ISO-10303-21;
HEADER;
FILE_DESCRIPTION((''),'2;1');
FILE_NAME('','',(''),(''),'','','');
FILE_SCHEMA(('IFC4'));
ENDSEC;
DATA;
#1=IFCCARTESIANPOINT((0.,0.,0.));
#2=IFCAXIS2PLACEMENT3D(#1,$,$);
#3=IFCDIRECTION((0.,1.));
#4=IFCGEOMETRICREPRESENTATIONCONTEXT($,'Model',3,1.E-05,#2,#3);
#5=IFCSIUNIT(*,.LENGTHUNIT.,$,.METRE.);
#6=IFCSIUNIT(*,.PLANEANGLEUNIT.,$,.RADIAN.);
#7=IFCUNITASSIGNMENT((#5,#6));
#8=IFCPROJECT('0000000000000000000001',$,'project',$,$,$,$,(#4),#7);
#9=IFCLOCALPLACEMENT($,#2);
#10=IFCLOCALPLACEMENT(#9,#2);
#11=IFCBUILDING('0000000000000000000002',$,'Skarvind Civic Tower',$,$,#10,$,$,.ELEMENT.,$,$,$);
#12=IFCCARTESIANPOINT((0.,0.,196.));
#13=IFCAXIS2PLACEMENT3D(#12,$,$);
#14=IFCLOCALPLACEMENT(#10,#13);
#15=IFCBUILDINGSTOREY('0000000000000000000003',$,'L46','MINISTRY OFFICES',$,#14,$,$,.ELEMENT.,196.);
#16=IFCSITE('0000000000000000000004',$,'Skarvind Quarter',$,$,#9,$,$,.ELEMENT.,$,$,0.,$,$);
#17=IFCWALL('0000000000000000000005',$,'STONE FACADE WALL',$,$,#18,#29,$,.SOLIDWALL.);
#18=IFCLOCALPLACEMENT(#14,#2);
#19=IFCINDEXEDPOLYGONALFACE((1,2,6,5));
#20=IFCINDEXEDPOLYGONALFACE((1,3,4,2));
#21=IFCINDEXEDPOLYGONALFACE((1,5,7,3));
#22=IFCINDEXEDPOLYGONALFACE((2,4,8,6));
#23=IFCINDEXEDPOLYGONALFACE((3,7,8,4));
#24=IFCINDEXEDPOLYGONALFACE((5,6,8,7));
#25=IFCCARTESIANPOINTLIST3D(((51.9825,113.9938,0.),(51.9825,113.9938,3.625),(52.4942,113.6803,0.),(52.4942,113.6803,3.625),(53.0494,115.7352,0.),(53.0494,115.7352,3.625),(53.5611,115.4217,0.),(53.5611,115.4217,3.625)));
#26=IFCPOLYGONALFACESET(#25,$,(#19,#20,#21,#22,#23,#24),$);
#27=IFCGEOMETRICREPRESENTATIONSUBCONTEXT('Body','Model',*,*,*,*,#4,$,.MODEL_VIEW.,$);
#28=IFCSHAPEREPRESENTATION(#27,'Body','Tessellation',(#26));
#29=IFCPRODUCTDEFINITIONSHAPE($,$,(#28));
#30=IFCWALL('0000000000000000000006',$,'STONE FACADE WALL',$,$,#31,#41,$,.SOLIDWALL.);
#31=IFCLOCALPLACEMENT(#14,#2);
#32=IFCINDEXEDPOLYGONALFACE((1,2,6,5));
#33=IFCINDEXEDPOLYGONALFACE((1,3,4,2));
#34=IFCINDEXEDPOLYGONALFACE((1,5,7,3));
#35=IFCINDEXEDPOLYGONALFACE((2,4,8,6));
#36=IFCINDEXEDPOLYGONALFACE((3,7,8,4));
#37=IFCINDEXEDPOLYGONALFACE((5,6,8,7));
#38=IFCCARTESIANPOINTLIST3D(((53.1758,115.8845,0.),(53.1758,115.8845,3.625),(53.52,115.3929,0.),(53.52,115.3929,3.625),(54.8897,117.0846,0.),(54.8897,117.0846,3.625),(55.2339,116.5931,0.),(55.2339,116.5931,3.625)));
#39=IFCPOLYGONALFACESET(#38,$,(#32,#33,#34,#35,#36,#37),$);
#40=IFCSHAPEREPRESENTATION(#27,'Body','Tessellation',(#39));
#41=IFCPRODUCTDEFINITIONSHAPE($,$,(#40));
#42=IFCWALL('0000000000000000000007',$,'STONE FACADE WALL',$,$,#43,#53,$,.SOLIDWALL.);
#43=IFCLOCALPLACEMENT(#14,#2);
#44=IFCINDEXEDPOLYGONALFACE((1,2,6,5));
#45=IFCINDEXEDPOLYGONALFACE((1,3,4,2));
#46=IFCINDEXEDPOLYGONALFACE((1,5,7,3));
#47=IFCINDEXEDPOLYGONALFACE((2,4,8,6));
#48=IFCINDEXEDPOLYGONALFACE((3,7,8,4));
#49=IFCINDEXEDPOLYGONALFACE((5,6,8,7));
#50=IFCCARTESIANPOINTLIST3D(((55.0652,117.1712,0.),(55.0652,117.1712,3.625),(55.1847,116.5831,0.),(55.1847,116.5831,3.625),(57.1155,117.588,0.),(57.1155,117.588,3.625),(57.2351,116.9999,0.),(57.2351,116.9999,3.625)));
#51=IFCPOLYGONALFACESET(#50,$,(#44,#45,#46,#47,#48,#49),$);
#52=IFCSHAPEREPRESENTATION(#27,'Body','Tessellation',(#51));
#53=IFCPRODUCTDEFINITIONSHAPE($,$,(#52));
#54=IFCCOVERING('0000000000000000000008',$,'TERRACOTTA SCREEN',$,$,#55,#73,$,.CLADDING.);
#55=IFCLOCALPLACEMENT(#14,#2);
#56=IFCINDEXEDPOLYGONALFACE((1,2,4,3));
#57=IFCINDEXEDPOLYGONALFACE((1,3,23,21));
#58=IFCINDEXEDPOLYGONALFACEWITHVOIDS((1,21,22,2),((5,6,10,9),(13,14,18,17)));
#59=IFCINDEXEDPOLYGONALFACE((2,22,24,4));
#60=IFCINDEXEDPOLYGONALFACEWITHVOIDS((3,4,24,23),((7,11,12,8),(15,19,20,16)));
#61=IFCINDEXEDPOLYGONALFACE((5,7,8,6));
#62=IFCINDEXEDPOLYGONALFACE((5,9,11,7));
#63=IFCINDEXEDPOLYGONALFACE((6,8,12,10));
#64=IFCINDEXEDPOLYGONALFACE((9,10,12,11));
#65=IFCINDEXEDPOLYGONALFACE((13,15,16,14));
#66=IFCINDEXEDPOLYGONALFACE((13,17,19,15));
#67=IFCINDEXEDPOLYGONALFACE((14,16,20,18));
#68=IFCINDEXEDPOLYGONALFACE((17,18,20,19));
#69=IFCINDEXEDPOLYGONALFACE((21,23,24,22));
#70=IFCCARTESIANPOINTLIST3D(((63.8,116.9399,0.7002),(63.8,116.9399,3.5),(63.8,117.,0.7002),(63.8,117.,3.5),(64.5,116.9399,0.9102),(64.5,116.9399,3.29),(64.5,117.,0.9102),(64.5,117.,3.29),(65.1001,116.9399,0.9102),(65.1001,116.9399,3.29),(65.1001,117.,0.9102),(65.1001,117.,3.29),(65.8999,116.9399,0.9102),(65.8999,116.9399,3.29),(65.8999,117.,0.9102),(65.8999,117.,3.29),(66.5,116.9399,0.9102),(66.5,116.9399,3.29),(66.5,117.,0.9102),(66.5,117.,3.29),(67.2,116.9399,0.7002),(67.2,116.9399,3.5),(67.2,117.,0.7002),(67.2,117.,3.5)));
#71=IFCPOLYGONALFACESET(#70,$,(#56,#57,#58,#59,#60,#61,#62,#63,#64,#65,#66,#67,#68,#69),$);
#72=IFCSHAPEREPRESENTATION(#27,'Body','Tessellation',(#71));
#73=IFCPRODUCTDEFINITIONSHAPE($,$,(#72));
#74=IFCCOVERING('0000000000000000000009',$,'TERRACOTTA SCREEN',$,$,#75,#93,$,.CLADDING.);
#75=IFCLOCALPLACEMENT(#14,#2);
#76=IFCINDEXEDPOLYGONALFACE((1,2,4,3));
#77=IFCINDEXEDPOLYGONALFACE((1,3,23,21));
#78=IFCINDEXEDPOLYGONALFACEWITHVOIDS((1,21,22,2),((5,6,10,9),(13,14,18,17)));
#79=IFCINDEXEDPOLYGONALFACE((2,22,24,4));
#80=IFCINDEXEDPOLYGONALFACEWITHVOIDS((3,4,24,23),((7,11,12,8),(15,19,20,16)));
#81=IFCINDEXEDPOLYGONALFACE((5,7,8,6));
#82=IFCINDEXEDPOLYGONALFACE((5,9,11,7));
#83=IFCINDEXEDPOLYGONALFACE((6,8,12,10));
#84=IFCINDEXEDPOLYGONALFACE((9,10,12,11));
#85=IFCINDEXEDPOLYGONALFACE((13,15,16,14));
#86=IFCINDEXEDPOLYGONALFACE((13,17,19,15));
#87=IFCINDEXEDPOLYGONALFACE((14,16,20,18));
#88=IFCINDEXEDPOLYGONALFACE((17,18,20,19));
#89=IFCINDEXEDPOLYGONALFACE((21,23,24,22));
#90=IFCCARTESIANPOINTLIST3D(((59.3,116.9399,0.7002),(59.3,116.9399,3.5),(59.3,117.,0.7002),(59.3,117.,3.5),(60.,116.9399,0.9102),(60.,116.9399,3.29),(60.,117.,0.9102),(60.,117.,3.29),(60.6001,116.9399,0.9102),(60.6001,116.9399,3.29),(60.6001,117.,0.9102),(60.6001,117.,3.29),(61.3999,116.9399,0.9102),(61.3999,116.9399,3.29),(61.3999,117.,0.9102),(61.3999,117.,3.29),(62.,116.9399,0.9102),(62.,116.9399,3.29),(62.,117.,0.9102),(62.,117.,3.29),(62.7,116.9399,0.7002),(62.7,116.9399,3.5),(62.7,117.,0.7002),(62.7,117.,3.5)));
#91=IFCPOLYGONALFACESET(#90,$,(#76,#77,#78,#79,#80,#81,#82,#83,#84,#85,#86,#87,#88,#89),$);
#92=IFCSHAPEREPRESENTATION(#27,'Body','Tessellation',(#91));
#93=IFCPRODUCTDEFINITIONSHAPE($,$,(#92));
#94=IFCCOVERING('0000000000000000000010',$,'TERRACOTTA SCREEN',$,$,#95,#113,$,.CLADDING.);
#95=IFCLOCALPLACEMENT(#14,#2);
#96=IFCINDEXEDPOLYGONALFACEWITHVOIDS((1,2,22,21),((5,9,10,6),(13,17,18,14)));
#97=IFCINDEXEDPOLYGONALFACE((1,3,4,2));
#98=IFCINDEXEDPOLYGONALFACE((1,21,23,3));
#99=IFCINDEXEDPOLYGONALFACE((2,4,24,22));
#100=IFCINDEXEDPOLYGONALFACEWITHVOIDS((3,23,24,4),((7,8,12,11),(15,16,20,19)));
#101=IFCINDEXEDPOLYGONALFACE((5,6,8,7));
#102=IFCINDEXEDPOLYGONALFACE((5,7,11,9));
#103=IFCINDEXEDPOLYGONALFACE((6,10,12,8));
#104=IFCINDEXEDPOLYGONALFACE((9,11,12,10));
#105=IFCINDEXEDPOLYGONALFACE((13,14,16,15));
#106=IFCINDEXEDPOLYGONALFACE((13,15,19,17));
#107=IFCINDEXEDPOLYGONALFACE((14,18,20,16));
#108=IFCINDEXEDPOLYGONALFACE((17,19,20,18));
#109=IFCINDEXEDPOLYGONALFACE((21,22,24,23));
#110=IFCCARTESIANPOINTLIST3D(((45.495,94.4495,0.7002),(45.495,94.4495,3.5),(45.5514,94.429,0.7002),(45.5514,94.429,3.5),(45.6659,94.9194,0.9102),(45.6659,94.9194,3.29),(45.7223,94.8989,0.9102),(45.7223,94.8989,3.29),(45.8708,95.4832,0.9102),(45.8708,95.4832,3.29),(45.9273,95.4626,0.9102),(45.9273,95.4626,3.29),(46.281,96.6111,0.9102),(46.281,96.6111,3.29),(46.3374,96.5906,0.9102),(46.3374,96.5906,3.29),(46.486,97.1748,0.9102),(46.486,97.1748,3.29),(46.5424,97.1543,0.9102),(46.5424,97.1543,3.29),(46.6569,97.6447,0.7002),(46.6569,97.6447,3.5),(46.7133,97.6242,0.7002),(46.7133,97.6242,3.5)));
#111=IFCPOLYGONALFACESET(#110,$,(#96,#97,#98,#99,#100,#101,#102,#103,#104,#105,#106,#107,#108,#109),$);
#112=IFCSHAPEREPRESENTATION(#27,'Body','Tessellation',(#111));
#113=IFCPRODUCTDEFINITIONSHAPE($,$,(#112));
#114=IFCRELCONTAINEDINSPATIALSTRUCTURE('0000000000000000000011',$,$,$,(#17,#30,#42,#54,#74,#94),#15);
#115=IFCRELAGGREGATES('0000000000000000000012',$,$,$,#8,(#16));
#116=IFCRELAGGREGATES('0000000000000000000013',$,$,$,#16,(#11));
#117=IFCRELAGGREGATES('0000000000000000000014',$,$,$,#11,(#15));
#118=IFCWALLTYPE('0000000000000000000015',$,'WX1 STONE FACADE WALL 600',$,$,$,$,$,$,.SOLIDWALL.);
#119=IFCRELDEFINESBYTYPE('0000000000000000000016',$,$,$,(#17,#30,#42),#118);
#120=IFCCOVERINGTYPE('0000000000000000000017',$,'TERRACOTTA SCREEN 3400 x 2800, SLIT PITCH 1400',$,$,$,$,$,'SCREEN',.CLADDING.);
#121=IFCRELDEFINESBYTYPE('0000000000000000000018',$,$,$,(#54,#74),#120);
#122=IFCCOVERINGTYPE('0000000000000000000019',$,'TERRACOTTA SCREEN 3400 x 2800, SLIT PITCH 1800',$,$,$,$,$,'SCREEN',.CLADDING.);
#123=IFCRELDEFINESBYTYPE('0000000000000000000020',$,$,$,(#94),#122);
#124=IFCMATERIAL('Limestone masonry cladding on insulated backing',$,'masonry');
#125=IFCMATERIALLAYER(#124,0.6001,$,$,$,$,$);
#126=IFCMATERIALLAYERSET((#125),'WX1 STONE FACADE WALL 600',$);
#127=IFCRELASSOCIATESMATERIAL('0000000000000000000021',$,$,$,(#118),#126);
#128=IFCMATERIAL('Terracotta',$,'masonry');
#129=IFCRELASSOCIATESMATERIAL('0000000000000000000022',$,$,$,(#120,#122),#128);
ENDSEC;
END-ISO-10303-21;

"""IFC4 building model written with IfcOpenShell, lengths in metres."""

from ifc_helpers import new_model, si_unit, direction, frame, frame_2d, origin, place, context, subcontext, project, spatial, polyline, rectangle, outline, extrude, material, layer, layer_set, material_profile, profile_set, type_object, element, save


model = new_model("IFC4")

# Units and contexts
model_context = context("Model", 3, precision=1e-05, world=origin(), true_north=direction((0.0, 1.0)))
body_context = subcontext(model_context, "Body", "Model", "MODEL_VIEW")
ifc_project = project(units=[si_unit("LENGTHUNIT", "METRE"), si_unit("PLANEANGLEUNIT", "RADIAN")], contexts=[model_context])

# Site, building, storey
site_placement = place(None, origin())
site = spatial("IfcSite", under=ifc_project, at=site_placement, Name="Skarvind Quarter", CompositionType="ELEMENT", RefElevation=0.0)
building_placement = place(site_placement, origin())
building = spatial("IfcBuilding", under=site, at=building_placement, Name="Skarvind Civic Tower", CompositionType="ELEMENT")
storey_placement = place(building_placement, frame((0.0, 0.0, 196.0)))
storey = spatial("IfcBuildingStorey", under=building, at=storey_placement, Name="L46", Description="MINISTRY OFFICES", CompositionType="ELEMENT", Elevation=196.0)

# Shared definitions
ifc_material_1 = material(Name="Limestone masonry cladding on insulated backing", Category="masonry")
ifc_layer_1 = layer(ifc_material_1, 0.6001)
ifc_layer_set_1 = layer_set([ifc_layer_1], Name="WX1 STONE FACADE WALL 600")
wall_type_1 = type_object("IfcWallType", Name="WX1 STONE FACADE WALL 600", PredefinedType="SOLIDWALL", material=ifc_layer_set_1)

# Walls
wall_1_placement = place(storey_placement, frame((53.3052, 115.5784, 0.0), z_axis=(0.0, 0.0, 1.0), x_axis=(-0.522402, -0.852699, 0.0)))
element("IfcWall", 1, at=wall_1_placement, inside=storey, type_object=wall_type_1, Name="STONE FACADE WALL", PredefinedType="SOLIDWALL", context=body_context, shape_type="SweptSolid", body=[
    extrude(rectangle(XDim=2.0422, YDim=0.6001, at=frame_2d((1.021, 0.0))), origin(), (0.0, 0.0, 1.0), 3.625),
])
for number, where, z_axis, x_axis, name in (
    (2, (55.0618, 116.8389, 0.0), (0.0, 0.0, 1.0), (-0.819122, -0.573619, 0.0), "STONE FACADE WALL"),
    (3, (57.1753, 117.2939, 0.0), (0.0, 0.0, 1.0), (-0.979961, -0.199189, 0.0), "STONE FACADE WALL"),
):
    element("IfcWall", number, at=place(storey_placement, frame(where, z_axis=z_axis, x_axis=x_axis)), inside=storey, type_object=wall_type_1, Name=name, PredefinedType="SOLIDWALL", context=body_context, shape_type="SweptSolid", body=[
        extrude(rectangle(XDim=2.0923, YDim=0.6001, at=frame_2d((1.0461, 0.0))), origin(), (0.0, 0.0, 1.0), 3.625),
    ])

# Coverings
ifc_material_2 = material(Name="Terracotta", Category="masonry")
ifc_material_profile_1 = material_profile(ifc_material_2, outline(polyline([(-1.7, -1.3999), (1.7, -1.3999), (1.7, 1.3999), (-1.7, 1.3999), (-1.7, -1.3999)]), holes=[polyline([(-1.0, -1.1899), (-0.3999, -1.1899), (-0.3999, 1.1899), (-1.0, 1.1899), (-1.0, -1.1899)]), polyline([(0.3999, -1.1899), (1.0, -1.1899), (1.0, 1.1899), (0.3999, 1.1899), (0.3999, -1.1899)])]), Name="TERRACOTTA SCREEN 3400 x 2800, SLIT PITCH 1400")
ifc_profile_set_1 = profile_set([ifc_material_profile_1], Name="Terracotta")
covering_type_1 = type_object("IfcCoveringType", Name="TERRACOTTA SCREEN 3400 x 2800, SLIT PITCH 1400", ElementType="SCREEN", PredefinedType="CLADDING", material=ifc_profile_set_1)
for number, where, z_axis, x_axis, name in (
    (4, (65.5, 117.0, 2.1001), (0.0, -1.0, 0.0), (1.0, 0.0, 0.0), "TERRACOTTA SCREEN"),
    (5, (61.0, 117.0, 2.1001), (0.0, -1.0, 0.0), (1.0, 0.0, 0.0), "TERRACOTTA SCREEN"),
):
    element("IfcCovering", number, at=place(storey_placement, frame(where, z_axis=z_axis, x_axis=x_axis)), inside=storey, type_object=covering_type_1, Name=name, PredefinedType="CLADDING", context=body_context, shape_type="SweptSolid", body=[
        extrude(outline(polyline([(-1.7, -1.3999), (1.7, -1.3999), (1.7, 1.3999), (-1.7, 1.3999), (-1.7, -1.3999)]), holes=[polyline([(-1.0, -1.1899), (-0.3999, -1.1899), (-0.3999, 1.1899), (-1.0, 1.1899), (-1.0, -1.1899)]), polyline([(0.3999, -1.1899), (1.0, -1.1899), (1.0, 1.1899), (0.3999, 1.1899), (0.3999, -1.1899)])]), origin(), (0.0, 0.0, 1.0), 0.0601),
    ])
ifc_material_profile_2 = material_profile(ifc_material_2, outline(polyline([(-1.7, -1.3999), (1.7, -1.3999), (1.7, 1.3999), (-1.7, 1.3999), (-1.7, -1.3999)]), holes=[polyline([(-1.2, -1.1899), (-0.6001, -1.1899), (-0.6001, 1.1899), (-1.2, 1.1899), (-1.2, -1.1899)]), polyline([(0.6001, -1.1899), (1.2, -1.1899), (1.2, 1.1899), (0.6001, 1.1899), (0.6001, -1.1899)])]), Name="TERRACOTTA SCREEN 3400 x 2800, SLIT PITCH 1800")
ifc_profile_set_2 = profile_set([ifc_material_profile_2], Name="Terracotta")
covering_type_2 = type_object("IfcCoveringType", Name="TERRACOTTA SCREEN 3400 x 2800, SLIT PITCH 1800", ElementType="SCREEN", PredefinedType="CLADDING", material=ifc_profile_set_2)
covering_placement = place(storey_placement, frame((46.0759, 96.0471, 2.1001), z_axis=(0.939793, -0.341743, 0.0), x_axis=(0.341743, 0.939793, 0.0)))
element("IfcCovering", 6, at=covering_placement, inside=storey, type_object=covering_type_2, Name="TERRACOTTA SCREEN", PredefinedType="CLADDING", context=body_context, shape_type="SweptSolid", body=[
    extrude(outline(polyline([(-1.7, -1.3999), (1.7, -1.3999), (1.7, 1.3999), (-1.7, 1.3999), (-1.7, -1.3999)]), holes=[polyline([(-1.2, -1.1899), (-0.6001, -1.1899), (-0.6001, 1.1899), (-1.2, 1.1899), (-1.2, -1.1899)]), polyline([(0.6001, -1.1899), (1.2, -1.1899), (1.2, 1.1899), (0.6001, 1.1899), (0.6001, -1.1899)])]), origin(), (0.0, 0.0, 1.0), 0.0601),
])

save(model, "model.ifc")
